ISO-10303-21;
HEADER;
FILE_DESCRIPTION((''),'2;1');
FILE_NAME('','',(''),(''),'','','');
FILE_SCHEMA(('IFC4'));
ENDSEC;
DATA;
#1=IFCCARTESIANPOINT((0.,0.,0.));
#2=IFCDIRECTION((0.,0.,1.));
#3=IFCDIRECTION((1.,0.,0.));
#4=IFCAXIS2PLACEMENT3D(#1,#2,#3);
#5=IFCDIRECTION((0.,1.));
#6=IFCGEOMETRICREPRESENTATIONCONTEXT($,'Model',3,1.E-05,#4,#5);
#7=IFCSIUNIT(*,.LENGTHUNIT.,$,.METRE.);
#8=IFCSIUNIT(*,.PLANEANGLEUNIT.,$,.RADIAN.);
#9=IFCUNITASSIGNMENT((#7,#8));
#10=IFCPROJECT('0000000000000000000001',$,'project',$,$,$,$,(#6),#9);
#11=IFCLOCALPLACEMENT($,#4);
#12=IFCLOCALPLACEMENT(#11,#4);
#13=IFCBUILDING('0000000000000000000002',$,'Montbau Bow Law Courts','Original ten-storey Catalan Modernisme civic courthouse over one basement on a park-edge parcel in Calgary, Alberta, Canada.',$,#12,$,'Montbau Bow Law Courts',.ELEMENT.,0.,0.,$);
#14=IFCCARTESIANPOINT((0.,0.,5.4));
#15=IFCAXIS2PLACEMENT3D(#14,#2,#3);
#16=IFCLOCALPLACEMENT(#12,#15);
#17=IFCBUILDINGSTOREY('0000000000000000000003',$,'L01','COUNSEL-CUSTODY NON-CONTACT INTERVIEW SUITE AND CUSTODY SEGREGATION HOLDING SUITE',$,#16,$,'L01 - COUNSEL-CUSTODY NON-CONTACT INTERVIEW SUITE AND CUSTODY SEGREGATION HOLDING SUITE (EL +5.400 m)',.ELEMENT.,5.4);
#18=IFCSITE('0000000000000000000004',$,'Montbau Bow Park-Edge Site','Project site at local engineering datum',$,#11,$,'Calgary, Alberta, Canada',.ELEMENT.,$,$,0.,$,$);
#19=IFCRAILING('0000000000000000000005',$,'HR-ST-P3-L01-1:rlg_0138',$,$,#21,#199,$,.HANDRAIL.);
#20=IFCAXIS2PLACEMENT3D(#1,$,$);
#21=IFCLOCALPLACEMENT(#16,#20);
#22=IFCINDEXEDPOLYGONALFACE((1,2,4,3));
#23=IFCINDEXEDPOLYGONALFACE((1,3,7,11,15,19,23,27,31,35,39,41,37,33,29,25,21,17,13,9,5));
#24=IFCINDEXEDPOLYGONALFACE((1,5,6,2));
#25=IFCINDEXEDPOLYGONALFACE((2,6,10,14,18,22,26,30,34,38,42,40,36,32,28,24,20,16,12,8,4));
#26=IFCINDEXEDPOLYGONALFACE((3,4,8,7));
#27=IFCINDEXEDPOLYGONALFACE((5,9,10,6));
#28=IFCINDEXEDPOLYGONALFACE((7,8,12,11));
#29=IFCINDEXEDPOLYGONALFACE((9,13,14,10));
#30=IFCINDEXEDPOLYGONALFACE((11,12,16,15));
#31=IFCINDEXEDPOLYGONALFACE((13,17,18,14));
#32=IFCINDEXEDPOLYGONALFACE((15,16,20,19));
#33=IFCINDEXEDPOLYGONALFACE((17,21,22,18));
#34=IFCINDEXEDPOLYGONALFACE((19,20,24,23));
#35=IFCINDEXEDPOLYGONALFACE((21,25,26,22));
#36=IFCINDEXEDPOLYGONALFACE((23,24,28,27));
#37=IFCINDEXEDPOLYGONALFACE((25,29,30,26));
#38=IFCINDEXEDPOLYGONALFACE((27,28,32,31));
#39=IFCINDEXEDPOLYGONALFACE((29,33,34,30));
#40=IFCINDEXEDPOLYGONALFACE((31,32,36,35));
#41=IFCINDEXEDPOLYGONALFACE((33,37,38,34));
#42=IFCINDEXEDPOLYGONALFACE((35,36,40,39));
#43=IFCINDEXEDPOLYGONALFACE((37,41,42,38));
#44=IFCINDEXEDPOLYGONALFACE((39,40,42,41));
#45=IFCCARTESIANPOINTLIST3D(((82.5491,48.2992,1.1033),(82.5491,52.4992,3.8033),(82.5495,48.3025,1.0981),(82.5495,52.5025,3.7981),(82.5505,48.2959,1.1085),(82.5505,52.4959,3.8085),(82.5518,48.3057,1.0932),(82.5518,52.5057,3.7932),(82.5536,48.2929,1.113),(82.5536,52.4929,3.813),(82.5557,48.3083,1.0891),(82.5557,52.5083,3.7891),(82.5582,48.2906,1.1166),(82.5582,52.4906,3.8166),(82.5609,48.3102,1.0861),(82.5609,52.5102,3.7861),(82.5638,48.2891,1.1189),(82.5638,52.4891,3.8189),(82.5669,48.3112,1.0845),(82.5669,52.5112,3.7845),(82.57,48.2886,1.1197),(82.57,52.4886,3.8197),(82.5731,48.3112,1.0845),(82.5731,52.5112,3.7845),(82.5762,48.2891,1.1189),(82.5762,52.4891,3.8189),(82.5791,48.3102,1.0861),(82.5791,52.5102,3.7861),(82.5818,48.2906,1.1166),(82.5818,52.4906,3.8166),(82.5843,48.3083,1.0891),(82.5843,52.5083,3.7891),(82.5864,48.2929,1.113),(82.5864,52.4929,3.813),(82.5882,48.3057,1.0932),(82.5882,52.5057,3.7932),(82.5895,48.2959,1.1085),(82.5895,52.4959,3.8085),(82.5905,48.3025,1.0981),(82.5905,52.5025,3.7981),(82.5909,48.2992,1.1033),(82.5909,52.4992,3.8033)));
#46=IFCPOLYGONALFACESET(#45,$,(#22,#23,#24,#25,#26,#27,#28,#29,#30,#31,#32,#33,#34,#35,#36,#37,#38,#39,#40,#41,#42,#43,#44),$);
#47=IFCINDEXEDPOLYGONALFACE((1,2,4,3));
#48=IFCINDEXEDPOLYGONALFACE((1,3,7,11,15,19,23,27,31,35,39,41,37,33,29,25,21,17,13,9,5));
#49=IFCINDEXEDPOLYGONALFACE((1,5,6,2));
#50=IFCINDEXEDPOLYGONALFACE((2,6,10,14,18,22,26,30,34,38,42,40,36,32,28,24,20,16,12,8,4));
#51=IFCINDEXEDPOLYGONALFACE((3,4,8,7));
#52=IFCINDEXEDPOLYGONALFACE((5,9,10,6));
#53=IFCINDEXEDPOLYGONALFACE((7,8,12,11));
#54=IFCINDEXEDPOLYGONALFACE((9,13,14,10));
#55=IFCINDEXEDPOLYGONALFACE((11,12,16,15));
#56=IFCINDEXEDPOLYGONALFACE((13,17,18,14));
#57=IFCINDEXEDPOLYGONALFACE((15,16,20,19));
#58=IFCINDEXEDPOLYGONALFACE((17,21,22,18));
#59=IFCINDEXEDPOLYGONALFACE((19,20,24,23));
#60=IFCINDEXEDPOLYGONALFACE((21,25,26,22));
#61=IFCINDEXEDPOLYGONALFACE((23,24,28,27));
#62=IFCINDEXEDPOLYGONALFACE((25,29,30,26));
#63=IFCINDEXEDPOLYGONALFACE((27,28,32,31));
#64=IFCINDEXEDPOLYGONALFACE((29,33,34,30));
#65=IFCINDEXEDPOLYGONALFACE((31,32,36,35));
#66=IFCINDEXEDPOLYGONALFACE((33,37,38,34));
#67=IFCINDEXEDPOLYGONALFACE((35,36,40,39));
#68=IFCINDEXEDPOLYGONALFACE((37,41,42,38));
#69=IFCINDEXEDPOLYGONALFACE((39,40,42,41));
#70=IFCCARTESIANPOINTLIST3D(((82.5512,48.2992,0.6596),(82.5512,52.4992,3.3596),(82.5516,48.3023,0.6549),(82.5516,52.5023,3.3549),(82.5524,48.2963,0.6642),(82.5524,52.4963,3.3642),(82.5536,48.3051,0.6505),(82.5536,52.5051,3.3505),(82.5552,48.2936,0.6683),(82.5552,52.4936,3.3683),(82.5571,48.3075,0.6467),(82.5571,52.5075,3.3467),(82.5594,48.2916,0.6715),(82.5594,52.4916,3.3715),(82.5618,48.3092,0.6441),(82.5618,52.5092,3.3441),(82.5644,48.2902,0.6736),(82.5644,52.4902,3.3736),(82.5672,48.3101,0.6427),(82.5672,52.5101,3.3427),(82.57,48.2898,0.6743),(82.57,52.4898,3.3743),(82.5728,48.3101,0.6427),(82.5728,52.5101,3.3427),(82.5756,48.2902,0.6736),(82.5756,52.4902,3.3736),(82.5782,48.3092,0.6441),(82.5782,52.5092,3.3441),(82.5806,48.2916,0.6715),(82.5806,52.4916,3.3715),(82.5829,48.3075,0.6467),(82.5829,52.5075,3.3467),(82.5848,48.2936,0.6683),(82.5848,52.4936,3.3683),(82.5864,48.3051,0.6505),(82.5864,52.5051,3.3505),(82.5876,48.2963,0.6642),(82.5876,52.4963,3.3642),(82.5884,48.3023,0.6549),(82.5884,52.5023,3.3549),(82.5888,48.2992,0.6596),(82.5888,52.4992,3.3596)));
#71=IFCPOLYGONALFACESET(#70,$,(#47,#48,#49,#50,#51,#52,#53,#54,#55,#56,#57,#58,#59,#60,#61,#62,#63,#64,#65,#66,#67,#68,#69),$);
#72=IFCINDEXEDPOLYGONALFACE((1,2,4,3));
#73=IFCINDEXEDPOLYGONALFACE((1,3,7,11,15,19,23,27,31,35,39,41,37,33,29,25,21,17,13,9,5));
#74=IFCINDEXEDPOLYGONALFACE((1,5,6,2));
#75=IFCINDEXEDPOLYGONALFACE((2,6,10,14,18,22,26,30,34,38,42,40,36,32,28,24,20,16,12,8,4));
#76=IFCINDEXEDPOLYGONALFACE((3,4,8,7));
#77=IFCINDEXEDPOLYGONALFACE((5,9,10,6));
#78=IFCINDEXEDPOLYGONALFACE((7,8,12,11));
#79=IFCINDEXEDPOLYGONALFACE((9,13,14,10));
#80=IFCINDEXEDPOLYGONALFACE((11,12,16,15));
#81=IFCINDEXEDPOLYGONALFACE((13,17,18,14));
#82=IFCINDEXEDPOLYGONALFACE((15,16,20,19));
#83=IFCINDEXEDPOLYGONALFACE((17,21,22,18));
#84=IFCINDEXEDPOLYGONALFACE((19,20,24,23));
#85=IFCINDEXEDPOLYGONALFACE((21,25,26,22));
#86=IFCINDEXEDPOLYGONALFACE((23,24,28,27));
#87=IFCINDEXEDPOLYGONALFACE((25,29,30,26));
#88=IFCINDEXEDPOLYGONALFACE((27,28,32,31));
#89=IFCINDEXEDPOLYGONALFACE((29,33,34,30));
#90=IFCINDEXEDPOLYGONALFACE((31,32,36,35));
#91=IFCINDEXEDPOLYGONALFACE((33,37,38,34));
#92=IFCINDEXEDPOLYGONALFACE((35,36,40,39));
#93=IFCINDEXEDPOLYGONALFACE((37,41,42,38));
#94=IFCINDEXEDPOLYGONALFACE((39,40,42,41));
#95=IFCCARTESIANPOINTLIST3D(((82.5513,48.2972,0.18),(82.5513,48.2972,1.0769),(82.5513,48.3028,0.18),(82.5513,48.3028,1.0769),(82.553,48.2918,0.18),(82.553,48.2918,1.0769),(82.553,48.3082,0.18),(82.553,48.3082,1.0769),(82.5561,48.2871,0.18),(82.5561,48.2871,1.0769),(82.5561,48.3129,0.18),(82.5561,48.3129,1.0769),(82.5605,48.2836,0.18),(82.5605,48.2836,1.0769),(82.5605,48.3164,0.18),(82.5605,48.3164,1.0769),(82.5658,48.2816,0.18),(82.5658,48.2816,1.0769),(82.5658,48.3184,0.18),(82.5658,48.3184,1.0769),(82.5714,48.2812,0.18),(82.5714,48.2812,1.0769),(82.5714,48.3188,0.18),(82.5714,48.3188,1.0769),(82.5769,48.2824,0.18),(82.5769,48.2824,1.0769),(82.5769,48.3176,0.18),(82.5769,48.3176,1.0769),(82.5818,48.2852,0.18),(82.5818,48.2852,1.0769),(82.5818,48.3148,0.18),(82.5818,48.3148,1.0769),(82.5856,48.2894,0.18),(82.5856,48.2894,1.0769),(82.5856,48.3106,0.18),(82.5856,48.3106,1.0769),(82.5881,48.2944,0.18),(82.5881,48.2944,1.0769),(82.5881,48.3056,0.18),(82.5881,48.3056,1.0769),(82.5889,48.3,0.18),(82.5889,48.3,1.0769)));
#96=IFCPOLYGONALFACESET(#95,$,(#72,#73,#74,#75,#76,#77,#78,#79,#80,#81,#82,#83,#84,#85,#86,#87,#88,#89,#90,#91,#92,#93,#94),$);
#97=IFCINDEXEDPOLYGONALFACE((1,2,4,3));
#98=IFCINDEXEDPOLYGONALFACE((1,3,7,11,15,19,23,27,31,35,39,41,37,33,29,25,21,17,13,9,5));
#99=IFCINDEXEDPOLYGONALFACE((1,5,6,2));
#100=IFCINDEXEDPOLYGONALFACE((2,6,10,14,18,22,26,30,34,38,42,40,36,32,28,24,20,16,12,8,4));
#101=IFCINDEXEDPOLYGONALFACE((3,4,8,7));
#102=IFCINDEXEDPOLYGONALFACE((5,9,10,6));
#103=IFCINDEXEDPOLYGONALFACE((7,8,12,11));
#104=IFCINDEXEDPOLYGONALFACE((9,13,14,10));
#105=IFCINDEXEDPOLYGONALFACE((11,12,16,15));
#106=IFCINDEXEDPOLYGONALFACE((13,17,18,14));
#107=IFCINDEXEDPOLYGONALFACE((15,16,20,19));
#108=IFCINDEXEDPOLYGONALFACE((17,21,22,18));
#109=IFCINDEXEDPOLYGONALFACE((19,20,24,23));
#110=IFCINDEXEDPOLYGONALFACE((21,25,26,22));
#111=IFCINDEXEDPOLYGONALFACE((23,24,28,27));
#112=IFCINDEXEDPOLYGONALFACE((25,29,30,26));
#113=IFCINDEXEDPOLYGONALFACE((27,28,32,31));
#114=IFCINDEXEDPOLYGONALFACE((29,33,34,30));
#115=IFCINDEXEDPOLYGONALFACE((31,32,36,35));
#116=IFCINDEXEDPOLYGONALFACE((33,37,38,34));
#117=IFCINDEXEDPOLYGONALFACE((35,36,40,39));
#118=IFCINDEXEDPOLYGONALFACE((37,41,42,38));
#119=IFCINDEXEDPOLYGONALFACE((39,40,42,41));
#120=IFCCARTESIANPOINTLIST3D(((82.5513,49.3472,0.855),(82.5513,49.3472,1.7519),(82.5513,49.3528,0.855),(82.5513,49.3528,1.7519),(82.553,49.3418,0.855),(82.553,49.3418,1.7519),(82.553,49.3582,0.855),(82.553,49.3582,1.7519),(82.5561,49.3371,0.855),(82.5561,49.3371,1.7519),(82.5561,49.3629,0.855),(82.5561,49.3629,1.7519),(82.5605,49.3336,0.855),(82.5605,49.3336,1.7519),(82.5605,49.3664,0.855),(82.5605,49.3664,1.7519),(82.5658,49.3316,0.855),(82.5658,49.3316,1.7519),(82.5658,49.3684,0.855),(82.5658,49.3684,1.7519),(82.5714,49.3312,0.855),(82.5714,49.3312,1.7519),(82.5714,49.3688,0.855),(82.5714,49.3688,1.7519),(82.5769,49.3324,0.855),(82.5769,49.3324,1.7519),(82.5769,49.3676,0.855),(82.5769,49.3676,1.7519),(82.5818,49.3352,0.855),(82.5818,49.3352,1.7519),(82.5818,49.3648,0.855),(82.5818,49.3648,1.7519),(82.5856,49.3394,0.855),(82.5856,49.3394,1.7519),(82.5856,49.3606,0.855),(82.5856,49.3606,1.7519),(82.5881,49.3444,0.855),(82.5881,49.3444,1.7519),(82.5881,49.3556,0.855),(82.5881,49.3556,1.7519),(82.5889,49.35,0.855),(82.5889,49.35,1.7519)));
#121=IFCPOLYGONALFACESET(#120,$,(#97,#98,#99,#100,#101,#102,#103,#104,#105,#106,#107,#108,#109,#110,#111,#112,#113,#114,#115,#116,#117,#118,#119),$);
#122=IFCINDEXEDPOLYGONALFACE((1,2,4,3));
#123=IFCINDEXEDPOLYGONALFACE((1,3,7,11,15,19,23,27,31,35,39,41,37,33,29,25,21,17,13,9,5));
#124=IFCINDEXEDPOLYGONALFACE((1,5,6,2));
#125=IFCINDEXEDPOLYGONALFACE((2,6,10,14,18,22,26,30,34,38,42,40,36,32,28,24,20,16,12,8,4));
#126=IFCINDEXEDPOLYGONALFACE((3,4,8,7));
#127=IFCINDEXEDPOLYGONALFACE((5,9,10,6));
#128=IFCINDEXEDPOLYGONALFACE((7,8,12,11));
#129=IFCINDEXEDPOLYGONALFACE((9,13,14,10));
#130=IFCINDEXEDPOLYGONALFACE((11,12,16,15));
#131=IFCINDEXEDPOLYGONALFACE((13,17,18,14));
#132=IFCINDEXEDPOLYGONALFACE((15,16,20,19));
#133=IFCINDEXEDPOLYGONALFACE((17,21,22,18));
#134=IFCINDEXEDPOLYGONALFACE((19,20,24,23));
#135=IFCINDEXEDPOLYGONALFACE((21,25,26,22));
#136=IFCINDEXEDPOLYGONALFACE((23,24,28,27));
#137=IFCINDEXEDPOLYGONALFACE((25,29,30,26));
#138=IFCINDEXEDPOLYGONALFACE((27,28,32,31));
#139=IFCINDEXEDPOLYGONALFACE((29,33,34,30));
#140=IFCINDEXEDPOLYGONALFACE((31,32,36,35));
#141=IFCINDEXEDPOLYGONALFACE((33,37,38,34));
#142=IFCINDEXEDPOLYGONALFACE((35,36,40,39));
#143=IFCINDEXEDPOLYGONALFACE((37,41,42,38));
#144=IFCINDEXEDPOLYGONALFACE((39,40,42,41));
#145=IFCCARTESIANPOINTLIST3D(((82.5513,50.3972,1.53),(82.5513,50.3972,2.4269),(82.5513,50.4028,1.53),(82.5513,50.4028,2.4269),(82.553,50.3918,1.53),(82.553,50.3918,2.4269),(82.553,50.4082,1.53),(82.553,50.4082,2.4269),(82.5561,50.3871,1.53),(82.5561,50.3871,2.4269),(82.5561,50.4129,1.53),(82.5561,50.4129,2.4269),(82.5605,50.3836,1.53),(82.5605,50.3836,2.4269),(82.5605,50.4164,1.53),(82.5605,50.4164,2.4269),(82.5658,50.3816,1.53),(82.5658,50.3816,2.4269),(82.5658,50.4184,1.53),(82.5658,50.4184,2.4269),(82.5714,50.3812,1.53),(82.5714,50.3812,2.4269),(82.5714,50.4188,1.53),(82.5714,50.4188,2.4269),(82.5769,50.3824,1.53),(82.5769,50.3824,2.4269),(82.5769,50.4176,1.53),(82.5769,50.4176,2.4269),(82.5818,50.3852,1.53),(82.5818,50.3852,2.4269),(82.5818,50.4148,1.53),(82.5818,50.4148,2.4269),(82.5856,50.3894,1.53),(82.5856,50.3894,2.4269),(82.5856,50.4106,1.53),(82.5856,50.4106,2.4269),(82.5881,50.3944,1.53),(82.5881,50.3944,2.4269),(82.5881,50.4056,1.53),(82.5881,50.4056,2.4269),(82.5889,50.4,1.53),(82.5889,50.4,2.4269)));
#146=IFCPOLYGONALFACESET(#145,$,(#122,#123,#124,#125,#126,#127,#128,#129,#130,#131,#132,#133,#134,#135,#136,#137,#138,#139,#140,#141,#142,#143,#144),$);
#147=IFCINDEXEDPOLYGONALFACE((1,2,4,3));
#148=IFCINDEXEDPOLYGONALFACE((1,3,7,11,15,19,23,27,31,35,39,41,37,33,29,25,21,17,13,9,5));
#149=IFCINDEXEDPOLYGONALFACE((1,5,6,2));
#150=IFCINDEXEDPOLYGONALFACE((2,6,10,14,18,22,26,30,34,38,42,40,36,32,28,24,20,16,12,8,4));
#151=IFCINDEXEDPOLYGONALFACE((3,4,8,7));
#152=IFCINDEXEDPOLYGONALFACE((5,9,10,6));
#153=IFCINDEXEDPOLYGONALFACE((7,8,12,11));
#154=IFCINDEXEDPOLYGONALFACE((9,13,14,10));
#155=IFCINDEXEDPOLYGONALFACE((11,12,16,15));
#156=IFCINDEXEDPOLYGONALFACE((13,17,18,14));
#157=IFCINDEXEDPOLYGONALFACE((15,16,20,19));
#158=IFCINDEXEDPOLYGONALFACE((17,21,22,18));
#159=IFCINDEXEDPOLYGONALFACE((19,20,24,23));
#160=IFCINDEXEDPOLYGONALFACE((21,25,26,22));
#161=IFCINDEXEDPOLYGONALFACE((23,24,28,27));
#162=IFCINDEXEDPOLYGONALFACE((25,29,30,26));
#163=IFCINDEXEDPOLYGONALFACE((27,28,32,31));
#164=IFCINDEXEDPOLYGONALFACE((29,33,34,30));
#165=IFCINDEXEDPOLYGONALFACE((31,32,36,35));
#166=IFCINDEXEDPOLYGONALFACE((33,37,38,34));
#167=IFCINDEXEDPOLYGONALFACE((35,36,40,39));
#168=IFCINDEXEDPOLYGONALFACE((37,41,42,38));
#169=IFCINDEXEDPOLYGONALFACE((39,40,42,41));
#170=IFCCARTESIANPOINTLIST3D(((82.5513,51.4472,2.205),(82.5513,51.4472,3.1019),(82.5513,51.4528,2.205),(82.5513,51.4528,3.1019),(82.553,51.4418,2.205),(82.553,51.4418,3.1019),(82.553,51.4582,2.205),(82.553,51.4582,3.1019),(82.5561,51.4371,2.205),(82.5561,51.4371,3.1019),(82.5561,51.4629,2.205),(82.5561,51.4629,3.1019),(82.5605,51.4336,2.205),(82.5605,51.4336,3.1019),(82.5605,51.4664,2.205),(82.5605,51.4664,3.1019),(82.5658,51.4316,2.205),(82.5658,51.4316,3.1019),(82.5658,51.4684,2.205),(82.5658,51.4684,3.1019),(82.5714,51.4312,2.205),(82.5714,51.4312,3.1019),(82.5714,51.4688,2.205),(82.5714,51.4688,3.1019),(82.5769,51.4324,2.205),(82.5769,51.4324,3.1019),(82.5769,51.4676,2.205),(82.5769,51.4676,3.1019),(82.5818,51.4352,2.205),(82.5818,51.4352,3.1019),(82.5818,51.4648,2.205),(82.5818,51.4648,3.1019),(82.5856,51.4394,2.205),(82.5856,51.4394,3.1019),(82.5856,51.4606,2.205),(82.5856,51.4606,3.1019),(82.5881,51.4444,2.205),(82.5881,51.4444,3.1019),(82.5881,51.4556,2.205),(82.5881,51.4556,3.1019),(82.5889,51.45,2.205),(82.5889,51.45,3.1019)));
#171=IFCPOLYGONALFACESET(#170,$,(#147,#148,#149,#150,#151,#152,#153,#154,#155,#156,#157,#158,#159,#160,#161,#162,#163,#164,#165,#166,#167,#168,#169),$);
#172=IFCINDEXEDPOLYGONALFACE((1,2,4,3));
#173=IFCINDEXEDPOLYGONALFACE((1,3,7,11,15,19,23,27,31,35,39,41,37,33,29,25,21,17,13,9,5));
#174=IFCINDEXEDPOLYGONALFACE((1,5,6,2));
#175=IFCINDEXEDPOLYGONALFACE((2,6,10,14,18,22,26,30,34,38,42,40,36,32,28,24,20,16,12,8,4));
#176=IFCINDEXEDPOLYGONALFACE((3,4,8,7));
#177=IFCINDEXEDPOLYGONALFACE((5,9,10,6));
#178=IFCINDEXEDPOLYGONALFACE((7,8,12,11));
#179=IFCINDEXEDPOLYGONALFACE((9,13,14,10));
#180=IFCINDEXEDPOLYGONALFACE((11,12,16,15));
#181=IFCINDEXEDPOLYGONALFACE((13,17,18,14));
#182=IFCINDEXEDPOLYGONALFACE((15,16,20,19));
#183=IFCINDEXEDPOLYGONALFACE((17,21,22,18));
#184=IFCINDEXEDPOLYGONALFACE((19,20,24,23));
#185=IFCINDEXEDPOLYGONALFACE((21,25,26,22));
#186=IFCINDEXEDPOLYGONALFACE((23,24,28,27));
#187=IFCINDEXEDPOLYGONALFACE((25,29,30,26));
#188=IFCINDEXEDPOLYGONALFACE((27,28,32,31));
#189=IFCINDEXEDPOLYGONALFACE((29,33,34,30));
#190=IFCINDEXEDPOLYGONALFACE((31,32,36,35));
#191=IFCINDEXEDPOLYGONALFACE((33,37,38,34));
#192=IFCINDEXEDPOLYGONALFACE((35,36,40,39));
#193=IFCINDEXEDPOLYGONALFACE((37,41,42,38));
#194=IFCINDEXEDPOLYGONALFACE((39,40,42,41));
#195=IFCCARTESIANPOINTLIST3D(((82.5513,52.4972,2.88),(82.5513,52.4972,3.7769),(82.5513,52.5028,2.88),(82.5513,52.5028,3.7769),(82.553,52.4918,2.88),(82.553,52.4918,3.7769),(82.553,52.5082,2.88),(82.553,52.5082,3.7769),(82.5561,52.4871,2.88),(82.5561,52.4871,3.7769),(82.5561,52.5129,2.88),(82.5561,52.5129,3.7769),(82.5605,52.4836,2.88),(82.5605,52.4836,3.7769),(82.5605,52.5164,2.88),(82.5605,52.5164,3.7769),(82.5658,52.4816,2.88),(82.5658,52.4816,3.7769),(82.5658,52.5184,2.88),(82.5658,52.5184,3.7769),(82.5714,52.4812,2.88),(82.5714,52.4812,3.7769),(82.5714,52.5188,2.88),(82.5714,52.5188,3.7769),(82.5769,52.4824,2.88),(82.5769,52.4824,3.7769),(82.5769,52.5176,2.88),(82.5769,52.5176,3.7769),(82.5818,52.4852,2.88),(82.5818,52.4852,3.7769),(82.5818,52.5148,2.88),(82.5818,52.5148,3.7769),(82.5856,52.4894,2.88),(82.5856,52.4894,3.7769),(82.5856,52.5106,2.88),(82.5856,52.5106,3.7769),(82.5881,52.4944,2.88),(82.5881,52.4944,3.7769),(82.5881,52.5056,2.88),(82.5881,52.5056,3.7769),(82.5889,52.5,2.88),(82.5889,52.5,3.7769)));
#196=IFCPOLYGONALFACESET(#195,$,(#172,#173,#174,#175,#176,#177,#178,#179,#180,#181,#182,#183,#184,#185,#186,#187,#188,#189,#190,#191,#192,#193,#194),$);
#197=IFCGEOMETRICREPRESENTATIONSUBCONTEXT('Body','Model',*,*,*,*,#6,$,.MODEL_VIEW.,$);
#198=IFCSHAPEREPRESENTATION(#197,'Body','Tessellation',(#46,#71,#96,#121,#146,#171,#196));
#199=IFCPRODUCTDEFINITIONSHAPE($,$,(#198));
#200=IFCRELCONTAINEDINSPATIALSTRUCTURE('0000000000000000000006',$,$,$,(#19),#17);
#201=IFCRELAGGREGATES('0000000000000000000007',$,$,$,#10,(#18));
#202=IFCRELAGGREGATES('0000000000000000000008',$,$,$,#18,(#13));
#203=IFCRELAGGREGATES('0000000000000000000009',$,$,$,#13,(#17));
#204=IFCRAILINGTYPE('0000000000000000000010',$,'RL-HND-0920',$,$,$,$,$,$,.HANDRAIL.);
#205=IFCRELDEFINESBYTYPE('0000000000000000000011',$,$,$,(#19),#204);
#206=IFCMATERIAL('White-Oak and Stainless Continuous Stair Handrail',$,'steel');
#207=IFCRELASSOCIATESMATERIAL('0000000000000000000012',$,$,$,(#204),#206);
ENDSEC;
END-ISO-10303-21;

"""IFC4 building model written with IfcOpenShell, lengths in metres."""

from ifc_helpers import new_model, si_unit, direction, frame, origin_with_axes, origin_2d_with_axis, place, context, subcontext, project, spatial, circle, extrude, material, type_object, element, save


model = new_model("IFC4")

# Units and contexts
model_context = context("Model", 3, precision=1e-05, world=origin_with_axes(), true_north=direction((0.0, 1.0)))
body_context = subcontext(model_context, "Body", "Model", "MODEL_VIEW")
ifc_project = project(units=[si_unit("LENGTHUNIT", "METRE"), si_unit("PLANEANGLEUNIT", "RADIAN")], contexts=[model_context])

# Site, building, storey
site_placement = place(None, origin_with_axes())
site = spatial("IfcSite", under=ifc_project, at=site_placement, Name="Montbau Bow Park-Edge Site", Description="Project site at local engineering datum", LongName="Calgary, Alberta, Canada", CompositionType="ELEMENT", RefElevation=0.0)
building_placement = place(site_placement, origin_with_axes())
building = spatial("IfcBuilding", under=site, at=building_placement, Name="Montbau Bow Law Courts", Description="Original ten-storey Catalan Modernisme civic courthouse over one basement on a park-edge parcel in Calgary, Alberta, Canada.", LongName="Montbau Bow Law Courts", CompositionType="ELEMENT", ElevationOfRefHeight=0.0, ElevationOfTerrain=0.0)
storey_placement = place(building_placement, frame((0.0, 0.0, 5.4), z_axis=(0.0, 0.0, 1.0), x_axis=(1.0, 0.0, 0.0)))
storey = spatial("IfcBuildingStorey", under=building, at=storey_placement, Name="L01", Description="COUNSEL-CUSTODY NON-CONTACT INTERVIEW SUITE AND CUSTODY SEGREGATION HOLDING SUITE", LongName="L01 - COUNSEL-CUSTODY NON-CONTACT INTERVIEW SUITE AND CUSTODY SEGREGATION HOLDING SUITE (EL +5.400 m)", CompositionType="ELEMENT", Elevation=5.4)

# Railing
ifc_material_1 = material(Name="White-Oak and Stainless Continuous Stair Handrail", Category="steel")
railing_type_1 = type_object("IfcRailingType", Name="RL-HND-0920", PredefinedType="HANDRAIL", material=ifc_material_1)
railing_1_placement = place(None, origin_with_axes())
element("IfcRailing", 1, at=railing_1_placement, inside=storey, type_object=railing_type_1, Name="HR-ST-P3-L01-1:rlg_0138", PredefinedType="HANDRAIL", context=body_context, shape_type="SweptSolid", body=[
    extrude(circle(Radius=0.021, at=origin_2d_with_axis()), frame((82.57, 48.3, 6.502), z_axis=(0.0, 0.841178, 0.540758), x_axis=(0.0, -0.540758, 0.841178)), (0.0, 0.0, 1.0), 4.993),
    extrude(circle(Radius=0.0189, at=origin_2d_with_axis()), frame((82.57, 48.3, 6.0584), z_axis=(0.0, 0.841178, 0.540758), x_axis=(0.0, -0.540758, 0.841178)), (0.0, 0.0, 1.0), 4.993),
    extrude(circle(Radius=0.0189, at=origin_2d_with_axis()), frame((82.57, 48.3, 5.58), z_axis=(0.0, 0.0, 1.0), x_axis=(1.0, 0.0, 0.0)), (0.0, 0.0, 1.0), 0.8969),
    extrude(circle(Radius=0.0189, at=origin_2d_with_axis()), frame((82.57, 49.35, 6.255), z_axis=(0.0, 0.0, 1.0), x_axis=(1.0, 0.0, 0.0)), (0.0, 0.0, 1.0), 0.8969),
    extrude(circle(Radius=0.0189, at=origin_2d_with_axis()), frame((82.57, 50.4, 6.93), z_axis=(0.0, 0.0, 1.0), x_axis=(1.0, 0.0, 0.0)), (0.0, 0.0, 1.0), 0.8969),
    extrude(circle(Radius=0.0189, at=origin_2d_with_axis()), frame((82.57, 51.45, 7.605), z_axis=(0.0, 0.0, 1.0), x_axis=(1.0, 0.0, 0.0)), (0.0, 0.0, 1.0), 0.8969),
    extrude(circle(Radius=0.0189, at=origin_2d_with_axis()), frame((82.57, 52.5, 8.28), z_axis=(0.0, 0.0, 1.0), x_axis=(1.0, 0.0, 0.0)), (0.0, 0.0, 1.0), 0.8969),
])

save(model, "model.ifc")
